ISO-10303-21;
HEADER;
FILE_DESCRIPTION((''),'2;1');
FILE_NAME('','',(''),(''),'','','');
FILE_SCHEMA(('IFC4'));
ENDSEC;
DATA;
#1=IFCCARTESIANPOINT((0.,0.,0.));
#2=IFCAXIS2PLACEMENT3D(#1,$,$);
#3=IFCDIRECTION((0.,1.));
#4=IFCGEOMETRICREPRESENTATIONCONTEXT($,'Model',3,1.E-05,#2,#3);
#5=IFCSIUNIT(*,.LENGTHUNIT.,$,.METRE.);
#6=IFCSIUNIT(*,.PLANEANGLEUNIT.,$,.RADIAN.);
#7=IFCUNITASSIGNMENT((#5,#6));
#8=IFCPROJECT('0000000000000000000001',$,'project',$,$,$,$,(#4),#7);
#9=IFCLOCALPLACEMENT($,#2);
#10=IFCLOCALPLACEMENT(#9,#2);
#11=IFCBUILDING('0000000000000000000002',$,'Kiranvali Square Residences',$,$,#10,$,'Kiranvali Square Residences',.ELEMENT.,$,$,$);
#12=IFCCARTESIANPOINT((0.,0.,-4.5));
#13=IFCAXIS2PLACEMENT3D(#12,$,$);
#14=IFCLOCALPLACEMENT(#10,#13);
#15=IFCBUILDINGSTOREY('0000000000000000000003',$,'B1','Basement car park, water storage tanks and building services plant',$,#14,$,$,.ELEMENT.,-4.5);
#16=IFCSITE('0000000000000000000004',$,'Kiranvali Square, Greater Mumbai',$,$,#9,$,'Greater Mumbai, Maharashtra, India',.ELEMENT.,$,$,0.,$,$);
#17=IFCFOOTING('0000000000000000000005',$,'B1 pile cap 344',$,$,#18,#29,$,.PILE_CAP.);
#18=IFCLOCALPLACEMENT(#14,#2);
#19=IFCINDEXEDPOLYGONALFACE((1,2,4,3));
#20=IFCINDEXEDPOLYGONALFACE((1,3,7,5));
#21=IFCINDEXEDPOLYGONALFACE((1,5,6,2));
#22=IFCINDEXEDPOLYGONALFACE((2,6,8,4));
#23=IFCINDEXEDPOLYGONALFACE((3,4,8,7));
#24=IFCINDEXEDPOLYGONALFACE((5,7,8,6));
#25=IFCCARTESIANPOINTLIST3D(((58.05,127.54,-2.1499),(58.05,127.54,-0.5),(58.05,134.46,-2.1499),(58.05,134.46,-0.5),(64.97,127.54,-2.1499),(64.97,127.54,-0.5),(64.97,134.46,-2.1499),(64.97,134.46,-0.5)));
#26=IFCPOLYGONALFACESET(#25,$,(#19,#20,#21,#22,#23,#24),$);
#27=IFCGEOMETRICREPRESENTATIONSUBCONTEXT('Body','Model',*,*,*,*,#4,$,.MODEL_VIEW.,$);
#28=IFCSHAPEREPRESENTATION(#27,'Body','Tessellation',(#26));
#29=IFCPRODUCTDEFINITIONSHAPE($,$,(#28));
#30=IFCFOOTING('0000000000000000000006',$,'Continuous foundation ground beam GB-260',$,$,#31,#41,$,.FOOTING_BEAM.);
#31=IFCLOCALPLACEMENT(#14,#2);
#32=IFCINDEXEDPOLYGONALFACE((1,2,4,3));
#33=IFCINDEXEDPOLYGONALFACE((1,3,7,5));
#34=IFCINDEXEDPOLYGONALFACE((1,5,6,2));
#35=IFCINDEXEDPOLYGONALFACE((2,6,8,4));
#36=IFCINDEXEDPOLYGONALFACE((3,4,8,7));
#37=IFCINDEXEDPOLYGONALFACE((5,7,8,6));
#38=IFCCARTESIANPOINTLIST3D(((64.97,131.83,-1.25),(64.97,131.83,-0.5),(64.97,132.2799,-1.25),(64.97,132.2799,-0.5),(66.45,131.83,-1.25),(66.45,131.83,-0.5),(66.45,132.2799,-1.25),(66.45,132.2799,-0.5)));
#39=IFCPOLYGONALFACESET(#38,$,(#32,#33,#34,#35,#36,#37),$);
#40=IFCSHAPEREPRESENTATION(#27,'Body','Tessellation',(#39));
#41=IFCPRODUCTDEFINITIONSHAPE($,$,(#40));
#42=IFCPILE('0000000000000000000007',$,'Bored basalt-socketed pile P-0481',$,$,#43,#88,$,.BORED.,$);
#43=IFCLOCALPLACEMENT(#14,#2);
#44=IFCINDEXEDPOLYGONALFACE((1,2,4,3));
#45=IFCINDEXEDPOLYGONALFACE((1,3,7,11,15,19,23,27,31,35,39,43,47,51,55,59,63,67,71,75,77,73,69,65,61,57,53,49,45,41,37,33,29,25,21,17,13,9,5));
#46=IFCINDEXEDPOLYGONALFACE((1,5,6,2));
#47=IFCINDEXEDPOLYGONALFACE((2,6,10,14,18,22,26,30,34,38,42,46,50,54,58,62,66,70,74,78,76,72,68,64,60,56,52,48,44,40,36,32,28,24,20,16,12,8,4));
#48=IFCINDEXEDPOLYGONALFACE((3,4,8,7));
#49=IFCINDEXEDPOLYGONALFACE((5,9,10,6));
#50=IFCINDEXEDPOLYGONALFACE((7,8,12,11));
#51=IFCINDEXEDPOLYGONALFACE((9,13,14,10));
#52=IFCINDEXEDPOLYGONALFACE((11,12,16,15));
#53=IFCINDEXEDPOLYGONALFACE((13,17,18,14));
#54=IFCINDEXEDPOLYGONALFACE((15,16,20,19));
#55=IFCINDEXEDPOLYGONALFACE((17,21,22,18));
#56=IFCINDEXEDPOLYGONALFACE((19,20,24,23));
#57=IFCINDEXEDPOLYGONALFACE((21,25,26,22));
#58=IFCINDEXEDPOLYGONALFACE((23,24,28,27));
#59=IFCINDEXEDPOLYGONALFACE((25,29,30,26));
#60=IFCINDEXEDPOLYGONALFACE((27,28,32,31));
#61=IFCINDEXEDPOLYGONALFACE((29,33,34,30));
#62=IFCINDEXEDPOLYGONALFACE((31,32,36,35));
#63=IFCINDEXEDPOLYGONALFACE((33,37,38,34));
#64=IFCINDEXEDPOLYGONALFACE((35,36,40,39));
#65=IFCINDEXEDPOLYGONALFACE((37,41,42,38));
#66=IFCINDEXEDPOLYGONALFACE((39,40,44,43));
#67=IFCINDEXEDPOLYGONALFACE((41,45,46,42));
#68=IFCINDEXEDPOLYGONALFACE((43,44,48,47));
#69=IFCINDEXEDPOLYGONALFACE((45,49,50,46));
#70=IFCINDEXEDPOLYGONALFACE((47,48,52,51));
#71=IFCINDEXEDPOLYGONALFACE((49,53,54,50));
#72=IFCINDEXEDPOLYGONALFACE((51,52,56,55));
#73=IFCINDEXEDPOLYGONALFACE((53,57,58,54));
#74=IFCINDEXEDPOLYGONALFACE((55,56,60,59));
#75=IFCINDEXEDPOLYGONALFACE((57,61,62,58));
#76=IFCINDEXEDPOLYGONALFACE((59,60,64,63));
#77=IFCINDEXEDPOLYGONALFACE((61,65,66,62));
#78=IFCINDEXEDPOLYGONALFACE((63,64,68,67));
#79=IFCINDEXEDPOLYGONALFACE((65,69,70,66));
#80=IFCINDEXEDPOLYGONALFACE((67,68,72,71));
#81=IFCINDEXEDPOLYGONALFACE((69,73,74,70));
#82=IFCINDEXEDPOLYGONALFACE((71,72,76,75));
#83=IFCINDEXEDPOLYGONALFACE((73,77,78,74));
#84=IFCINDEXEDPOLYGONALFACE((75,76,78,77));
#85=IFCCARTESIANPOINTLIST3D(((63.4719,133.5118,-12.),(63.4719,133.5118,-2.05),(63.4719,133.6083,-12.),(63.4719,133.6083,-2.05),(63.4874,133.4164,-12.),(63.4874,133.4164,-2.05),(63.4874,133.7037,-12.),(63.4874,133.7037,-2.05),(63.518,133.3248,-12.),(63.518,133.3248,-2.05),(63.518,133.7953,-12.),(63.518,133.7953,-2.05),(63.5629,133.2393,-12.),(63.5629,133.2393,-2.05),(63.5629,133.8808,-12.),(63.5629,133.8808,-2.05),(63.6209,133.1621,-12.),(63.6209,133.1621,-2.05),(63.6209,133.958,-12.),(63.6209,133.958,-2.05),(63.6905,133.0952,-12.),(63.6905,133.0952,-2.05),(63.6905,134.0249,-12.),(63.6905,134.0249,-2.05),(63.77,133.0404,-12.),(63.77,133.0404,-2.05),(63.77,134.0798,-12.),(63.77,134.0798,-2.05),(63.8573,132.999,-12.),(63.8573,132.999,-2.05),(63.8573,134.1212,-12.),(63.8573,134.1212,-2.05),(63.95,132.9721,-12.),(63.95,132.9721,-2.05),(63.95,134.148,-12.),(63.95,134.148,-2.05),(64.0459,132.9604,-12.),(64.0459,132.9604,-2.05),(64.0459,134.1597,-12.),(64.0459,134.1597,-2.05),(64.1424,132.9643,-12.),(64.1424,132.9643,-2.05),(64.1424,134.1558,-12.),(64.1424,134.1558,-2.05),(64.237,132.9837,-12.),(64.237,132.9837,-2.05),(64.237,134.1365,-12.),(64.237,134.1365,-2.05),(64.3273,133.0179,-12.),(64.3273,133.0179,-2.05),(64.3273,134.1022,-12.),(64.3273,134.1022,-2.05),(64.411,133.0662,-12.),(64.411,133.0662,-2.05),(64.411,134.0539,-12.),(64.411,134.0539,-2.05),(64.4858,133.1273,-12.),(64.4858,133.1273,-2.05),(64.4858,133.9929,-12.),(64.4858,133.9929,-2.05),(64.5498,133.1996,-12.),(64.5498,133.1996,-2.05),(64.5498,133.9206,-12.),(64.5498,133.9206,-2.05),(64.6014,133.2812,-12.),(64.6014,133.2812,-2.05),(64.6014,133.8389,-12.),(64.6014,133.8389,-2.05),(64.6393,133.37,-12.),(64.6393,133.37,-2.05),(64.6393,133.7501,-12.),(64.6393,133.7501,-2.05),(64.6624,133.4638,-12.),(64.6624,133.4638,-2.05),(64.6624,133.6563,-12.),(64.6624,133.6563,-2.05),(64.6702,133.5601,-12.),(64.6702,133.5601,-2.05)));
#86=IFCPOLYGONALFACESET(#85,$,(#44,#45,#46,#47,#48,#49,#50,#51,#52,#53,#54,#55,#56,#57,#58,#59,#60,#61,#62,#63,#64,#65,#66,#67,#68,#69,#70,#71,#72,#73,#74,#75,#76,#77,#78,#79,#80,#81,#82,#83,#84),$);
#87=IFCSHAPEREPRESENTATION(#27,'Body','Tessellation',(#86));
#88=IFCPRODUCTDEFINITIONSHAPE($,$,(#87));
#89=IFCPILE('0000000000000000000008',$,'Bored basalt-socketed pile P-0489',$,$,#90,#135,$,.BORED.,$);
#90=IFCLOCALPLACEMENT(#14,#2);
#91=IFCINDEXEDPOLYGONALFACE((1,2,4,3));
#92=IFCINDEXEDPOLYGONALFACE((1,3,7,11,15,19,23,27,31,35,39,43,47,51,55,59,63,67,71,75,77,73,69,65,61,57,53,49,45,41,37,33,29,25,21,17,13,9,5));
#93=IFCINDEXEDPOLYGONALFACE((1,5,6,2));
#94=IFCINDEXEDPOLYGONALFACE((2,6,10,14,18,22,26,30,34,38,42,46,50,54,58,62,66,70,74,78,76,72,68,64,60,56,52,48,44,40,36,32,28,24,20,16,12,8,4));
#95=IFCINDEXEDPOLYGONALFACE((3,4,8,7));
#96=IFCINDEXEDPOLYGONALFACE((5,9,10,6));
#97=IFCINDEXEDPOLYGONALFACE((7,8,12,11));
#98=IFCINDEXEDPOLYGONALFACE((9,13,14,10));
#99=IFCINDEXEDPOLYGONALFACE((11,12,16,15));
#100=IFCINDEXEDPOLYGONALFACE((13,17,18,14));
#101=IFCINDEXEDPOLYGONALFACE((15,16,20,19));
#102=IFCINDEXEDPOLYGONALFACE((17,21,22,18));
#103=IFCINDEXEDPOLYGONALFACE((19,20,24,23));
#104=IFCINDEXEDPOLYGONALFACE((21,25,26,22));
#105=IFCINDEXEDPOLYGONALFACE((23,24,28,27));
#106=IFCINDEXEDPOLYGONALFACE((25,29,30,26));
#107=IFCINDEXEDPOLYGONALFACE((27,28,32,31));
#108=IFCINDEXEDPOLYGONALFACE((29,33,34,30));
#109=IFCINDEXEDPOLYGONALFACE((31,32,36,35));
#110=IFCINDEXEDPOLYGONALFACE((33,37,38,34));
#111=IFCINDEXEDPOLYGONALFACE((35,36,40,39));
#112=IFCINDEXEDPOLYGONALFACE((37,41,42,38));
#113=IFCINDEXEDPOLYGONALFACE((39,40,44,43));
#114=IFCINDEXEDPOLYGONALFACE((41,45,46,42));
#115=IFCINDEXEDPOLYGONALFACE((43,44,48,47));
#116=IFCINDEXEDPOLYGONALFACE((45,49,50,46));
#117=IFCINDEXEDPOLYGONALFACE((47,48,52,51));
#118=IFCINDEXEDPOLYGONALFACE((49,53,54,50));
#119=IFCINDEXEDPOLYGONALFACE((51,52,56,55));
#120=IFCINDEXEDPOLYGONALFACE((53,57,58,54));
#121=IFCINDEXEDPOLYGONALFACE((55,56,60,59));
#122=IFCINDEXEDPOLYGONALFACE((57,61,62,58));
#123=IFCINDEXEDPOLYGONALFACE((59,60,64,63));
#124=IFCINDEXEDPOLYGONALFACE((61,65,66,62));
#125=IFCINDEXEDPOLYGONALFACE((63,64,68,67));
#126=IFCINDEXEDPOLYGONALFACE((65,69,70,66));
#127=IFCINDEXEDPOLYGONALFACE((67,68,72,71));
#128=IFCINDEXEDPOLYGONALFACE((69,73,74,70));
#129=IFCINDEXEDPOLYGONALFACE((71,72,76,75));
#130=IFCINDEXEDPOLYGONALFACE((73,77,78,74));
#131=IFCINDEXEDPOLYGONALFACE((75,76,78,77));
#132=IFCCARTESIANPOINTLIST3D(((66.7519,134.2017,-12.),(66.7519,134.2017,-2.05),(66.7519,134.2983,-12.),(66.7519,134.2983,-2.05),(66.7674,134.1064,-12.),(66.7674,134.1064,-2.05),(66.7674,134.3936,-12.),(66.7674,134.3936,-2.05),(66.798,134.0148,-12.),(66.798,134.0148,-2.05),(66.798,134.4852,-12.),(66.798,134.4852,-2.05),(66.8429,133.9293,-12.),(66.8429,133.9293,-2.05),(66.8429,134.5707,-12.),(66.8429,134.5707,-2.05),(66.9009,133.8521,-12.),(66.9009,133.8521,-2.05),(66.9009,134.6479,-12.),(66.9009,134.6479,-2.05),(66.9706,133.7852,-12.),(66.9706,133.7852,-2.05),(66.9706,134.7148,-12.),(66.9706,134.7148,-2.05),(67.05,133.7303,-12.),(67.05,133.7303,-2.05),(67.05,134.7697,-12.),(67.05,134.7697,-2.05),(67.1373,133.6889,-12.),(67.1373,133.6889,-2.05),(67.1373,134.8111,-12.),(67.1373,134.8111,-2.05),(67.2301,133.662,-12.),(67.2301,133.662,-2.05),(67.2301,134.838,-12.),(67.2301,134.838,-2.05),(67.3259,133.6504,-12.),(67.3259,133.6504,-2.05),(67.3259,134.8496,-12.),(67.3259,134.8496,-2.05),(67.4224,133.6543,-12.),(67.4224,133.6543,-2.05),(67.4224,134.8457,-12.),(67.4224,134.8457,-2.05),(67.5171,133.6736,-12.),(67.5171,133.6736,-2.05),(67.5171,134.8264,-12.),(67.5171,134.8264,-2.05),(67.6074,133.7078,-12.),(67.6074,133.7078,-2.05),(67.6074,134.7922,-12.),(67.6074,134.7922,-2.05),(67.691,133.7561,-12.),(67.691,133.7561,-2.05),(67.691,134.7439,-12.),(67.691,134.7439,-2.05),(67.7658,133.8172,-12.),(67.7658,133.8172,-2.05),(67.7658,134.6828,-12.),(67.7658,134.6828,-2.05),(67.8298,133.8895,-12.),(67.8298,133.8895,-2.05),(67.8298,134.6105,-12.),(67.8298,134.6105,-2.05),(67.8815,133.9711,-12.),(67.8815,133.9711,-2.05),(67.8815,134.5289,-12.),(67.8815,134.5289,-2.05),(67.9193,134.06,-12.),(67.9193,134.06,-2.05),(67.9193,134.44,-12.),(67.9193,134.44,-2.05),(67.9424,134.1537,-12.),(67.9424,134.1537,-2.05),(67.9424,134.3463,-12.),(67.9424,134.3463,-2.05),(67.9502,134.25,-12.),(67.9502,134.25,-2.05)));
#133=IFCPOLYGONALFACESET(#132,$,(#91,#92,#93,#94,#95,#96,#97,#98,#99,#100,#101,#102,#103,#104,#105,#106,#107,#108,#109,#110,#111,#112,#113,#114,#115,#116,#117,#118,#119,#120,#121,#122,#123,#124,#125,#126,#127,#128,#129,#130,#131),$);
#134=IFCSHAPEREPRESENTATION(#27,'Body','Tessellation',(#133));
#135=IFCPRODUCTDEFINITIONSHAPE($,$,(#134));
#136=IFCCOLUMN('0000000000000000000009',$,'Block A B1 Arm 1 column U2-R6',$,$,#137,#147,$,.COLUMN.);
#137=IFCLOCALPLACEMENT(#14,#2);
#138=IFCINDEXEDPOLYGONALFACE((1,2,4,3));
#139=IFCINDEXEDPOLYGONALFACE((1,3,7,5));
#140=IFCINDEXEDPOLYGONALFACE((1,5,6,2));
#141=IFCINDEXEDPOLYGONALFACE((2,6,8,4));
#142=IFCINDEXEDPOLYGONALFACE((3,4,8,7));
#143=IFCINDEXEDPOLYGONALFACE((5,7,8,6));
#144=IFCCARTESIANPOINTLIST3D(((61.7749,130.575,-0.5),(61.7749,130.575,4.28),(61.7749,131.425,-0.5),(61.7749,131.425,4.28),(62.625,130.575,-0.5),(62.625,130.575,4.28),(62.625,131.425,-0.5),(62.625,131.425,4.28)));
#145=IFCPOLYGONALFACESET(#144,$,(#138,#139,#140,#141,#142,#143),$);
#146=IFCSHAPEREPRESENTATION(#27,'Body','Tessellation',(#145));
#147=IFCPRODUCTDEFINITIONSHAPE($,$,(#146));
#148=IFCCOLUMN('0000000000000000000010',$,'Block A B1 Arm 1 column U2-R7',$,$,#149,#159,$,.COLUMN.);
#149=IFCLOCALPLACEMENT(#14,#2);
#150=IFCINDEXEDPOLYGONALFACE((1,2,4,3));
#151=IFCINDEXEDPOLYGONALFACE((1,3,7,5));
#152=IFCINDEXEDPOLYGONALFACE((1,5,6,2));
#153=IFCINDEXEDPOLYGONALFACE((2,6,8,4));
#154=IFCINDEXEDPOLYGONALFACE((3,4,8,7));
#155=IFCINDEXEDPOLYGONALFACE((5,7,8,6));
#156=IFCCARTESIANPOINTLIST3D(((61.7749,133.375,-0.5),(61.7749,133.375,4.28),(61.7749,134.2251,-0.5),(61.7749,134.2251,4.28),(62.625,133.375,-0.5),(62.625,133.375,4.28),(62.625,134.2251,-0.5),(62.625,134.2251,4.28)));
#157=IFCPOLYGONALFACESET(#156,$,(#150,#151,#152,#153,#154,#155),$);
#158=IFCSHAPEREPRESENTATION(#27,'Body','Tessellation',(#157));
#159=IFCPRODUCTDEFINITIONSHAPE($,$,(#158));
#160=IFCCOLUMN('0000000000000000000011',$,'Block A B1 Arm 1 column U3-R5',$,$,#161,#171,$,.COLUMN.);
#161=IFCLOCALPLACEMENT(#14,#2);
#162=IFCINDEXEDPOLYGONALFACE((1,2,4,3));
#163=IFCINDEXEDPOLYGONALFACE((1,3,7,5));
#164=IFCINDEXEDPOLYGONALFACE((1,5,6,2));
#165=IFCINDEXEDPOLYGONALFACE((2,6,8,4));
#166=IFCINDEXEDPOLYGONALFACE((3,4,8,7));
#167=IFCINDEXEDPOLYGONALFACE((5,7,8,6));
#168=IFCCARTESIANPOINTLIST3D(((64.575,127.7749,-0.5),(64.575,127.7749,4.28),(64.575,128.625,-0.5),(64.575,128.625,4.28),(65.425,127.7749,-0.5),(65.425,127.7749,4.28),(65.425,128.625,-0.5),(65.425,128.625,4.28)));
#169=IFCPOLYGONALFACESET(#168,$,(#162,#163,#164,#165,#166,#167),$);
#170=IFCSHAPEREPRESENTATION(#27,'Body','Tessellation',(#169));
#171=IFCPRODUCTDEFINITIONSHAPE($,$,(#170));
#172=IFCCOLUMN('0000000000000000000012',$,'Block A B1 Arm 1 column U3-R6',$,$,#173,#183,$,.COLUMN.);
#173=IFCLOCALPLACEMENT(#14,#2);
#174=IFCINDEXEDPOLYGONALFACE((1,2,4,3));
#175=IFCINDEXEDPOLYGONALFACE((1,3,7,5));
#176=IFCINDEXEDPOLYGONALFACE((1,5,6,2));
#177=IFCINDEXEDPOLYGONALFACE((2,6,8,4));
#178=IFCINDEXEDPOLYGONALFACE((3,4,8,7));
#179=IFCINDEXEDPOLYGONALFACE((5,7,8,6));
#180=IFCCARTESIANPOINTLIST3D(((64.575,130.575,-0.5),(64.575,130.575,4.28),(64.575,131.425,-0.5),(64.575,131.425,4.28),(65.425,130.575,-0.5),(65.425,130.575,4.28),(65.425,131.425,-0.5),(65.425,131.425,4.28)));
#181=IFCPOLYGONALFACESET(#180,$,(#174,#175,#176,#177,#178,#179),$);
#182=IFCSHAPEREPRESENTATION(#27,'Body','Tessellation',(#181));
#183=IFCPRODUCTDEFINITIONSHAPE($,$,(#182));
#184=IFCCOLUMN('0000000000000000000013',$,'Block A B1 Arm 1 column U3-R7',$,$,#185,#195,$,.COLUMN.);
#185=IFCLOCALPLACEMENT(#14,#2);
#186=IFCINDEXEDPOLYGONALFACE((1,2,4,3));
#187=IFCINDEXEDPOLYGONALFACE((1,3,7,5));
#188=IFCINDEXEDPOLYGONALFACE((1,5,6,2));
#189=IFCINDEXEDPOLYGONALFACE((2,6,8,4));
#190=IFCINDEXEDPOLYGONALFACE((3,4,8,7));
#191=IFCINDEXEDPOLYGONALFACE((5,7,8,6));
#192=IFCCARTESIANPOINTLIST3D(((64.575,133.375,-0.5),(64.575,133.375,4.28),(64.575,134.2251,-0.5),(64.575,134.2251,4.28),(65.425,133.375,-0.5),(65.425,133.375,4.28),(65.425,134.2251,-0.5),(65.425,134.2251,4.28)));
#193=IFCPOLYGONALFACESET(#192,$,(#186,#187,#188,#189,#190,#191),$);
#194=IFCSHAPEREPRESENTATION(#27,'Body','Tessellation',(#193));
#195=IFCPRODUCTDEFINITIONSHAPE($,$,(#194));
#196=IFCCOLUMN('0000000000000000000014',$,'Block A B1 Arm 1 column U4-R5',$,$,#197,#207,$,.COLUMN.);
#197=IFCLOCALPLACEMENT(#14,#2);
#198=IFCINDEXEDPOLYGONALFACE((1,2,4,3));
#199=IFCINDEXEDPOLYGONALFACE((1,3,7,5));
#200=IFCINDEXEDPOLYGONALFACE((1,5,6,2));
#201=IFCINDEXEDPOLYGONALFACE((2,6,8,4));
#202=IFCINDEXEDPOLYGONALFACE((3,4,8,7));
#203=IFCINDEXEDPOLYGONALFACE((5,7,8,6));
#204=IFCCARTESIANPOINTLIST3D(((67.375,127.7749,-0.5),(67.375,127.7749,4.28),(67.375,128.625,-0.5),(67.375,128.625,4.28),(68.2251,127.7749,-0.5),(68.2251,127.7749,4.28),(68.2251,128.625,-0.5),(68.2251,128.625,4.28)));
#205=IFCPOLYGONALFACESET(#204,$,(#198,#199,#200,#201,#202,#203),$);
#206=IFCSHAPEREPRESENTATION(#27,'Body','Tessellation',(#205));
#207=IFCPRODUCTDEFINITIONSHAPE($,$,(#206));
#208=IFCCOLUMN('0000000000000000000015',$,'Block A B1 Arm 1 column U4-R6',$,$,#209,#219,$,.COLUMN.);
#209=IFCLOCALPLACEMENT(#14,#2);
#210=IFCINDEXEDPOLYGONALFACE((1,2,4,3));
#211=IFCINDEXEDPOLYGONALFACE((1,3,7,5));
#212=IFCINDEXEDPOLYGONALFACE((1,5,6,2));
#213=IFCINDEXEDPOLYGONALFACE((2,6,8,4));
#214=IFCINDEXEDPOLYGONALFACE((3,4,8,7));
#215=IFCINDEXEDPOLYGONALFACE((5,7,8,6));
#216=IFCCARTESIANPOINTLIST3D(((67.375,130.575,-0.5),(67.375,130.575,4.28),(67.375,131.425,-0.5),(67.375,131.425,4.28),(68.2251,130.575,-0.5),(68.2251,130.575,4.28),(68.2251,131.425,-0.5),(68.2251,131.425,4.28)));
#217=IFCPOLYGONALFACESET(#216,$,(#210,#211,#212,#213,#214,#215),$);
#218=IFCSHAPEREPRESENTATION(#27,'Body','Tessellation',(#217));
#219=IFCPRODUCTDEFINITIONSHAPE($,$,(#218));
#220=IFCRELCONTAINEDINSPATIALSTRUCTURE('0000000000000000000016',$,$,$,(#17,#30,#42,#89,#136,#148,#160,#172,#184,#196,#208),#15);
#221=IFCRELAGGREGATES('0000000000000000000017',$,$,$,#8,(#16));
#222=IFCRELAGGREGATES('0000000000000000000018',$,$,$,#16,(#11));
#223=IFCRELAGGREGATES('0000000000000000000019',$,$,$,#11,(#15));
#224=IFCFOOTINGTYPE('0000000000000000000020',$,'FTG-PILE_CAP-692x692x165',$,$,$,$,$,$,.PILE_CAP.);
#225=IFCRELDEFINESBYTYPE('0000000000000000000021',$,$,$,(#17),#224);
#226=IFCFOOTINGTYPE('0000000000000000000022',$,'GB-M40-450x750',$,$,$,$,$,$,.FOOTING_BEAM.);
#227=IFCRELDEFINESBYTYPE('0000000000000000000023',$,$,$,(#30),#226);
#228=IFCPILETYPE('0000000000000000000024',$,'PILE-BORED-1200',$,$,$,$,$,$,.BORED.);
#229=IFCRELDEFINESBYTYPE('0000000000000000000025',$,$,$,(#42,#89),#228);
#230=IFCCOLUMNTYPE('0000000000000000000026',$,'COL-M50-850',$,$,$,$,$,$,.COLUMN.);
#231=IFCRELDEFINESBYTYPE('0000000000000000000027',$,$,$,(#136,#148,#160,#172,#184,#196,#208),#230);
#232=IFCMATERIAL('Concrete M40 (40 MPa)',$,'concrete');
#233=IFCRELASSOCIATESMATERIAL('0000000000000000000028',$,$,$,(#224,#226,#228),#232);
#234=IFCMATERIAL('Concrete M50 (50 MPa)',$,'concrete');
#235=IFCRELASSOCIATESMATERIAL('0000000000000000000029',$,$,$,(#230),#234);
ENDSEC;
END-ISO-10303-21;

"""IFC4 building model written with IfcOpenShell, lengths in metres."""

from ifc_helpers import new_model, si_unit, direction, frame, origin, origin_2d, place, context, subcontext, project, spatial, rectangle, circle, extrude, material, material_profile, profile_set, type_object, element, save


model = new_model("IFC4")

# Units and contexts
model_context = context("Model", 3, precision=1e-05, world=origin(), true_north=direction((0.0, 1.0)))
body_context = subcontext(model_context, "Body", "Model", "MODEL_VIEW")
ifc_project = project(units=[si_unit("LENGTHUNIT", "METRE"), si_unit("PLANEANGLEUNIT", "RADIAN")], contexts=[model_context])

# Site, building, storey
site_placement = place(None, origin())
site = spatial("IfcSite", under=ifc_project, at=site_placement, Name="Kiranvali Square, Greater Mumbai", LongName="Greater Mumbai, Maharashtra, India", CompositionType="ELEMENT", RefElevation=0.0)
building_placement = place(site_placement, origin())
building = spatial("IfcBuilding", under=site, at=building_placement, Name="Kiranvali Square Residences", LongName="Kiranvali Square Residences", CompositionType="ELEMENT")
storey_placement = place(building_placement, frame((0.0, 0.0, -4.5)))
storey = spatial("IfcBuildingStorey", under=building, at=storey_placement, Name="B1", Description="Basement car park, water storage tanks and building services plant", CompositionType="ELEMENT", Elevation=-4.5)

# Footings
ifc_material_1 = material(Name="Concrete M40 (40 MPa)", Category="concrete")
footing_type_1 = type_object("IfcFootingType", Name="FTG-PILE_CAP-692x692x165", PredefinedType="PILE_CAP", material=ifc_material_1)
footing_1_placement = place(storey_placement, frame((61.51, 131.0, -2.1499), z_axis=(0.0, 0.0, 1.0), x_axis=(1.0, 0.0, 0.0)))
element("IfcFooting", 1, at=footing_1_placement, inside=storey, type_object=footing_type_1, Name="B1 pile cap 344", PredefinedType="PILE_CAP", context=body_context, shape_type="SweptSolid", body=[
    extrude(rectangle(XDim=6.9199, YDim=6.9199, at=origin_2d()), origin(), (0.0, 0.0, 1.0), 1.6499),
])
ifc_material_profile_1 = material_profile(ifc_material_1, rectangle(XDim=0.45, YDim=0.75, at=origin_2d()), Name="GB 450x750")
ifc_profile_set_1 = profile_set([ifc_material_profile_1], Name="Concrete M40 (40 MPa)")
footing_type_2 = type_object("IfcFootingType", Name="GB-M40-450x750", PredefinedType="FOOTING_BEAM", material=ifc_profile_set_1)
footing_2_placement = place(storey_placement, frame((64.97, 132.0549, -0.875), z_axis=(1.0, 0.0, 0.0), x_axis=(0.0, 1.0, 0.0)))
element("IfcFooting", 2, at=footing_2_placement, inside=storey, type_object=footing_type_2, Name="Continuous foundation ground beam GB-260", PredefinedType="FOOTING_BEAM", context=body_context, shape_type="SweptSolid", body=[
    extrude(rectangle(XDim=0.45, YDim=0.75, at=origin_2d()), origin(), (0.0, 0.0, 1.0), 1.48),
])

# Piles
ifc_material_profile_2 = material_profile(ifc_material_1, circle(Radius=0.6001, at=origin_2d()), Name="BORED PILE 1200")
ifc_profile_set_2 = profile_set([ifc_material_profile_2], Name="Concrete M40 (40 MPa)")
pile_type = type_object("IfcPileType", Name="PILE-BORED-1200", PredefinedType="BORED", material=ifc_profile_set_2)
for number, where, z_axis, x_axis, name in (
    (3, (64.0701, 133.5601, -2.05), (0.0, 0.0, -1.0), (1.0, 0.0, 0.0), "Bored basalt-socketed pile P-0481"),
    (4, (67.3501, 134.25, -2.05), (0.0, 0.0, -1.0), (1.0, 0.0, 0.0), "Bored basalt-socketed pile P-0489"),
):
    element("IfcPile", number, at=place(storey_placement, frame(where, z_axis=z_axis, x_axis=x_axis)), inside=storey, type_object=pile_type, Name=name, PredefinedType="BORED", context=body_context, shape_type="SweptSolid", body=[
        extrude(circle(Radius=0.6001, at=origin_2d()), origin(), (0.0, 0.0, 1.0), 9.95),
    ])

# Columns
ifc_material_2 = material(Name="Concrete M50 (50 MPa)", Category="concrete")
ifc_material_profile_3 = material_profile(ifc_material_2, rectangle(XDim=0.8501, YDim=0.8501, at=origin_2d()), Name="RC 850x850")
ifc_profile_set_3 = profile_set([ifc_material_profile_3], Name="Concrete M50 (50 MPa)")
column_type = type_object("IfcColumnType", Name="COL-M50-850", PredefinedType="COLUMN", material=ifc_profile_set_3)
for number, where, z_axis, x_axis, name in (
    (5, (62.2, 131.0, -0.5), (0.0, 0.0, 1.0), (1.0, 0.0, 0.0), "Block A B1 Arm 1 column U2-R6"),
    (6, (62.2, 133.8, -0.5), (0.0, 0.0, 1.0), (1.0, 0.0, 0.0), "Block A B1 Arm 1 column U2-R7"),
    (7, (65.0, 128.2, -0.5), (0.0, 0.0, 1.0), (1.0, 0.0, 0.0), "Block A B1 Arm 1 column U3-R5"),
    (8, (65.0, 131.0, -0.5), (0.0, 0.0, 1.0), (1.0, 0.0, 0.0), "Block A B1 Arm 1 column U3-R6"),
    (9, (65.0, 133.8, -0.5), (0.0, 0.0, 1.0), (1.0, 0.0, 0.0), "Block A B1 Arm 1 column U3-R7"),
    (10, (67.8, 128.2, -0.5), (0.0, 0.0, 1.0), (1.0, 0.0, 0.0), "Block A B1 Arm 1 column U4-R5"),
    (11, (67.8, 131.0, -0.5), (0.0, 0.0, 1.0), (1.0, 0.0, 0.0), "Block A B1 Arm 1 column U4-R6"),
):
    element("IfcColumn", number, at=place(storey_placement, frame(where, z_axis=z_axis, x_axis=x_axis)), inside=storey, type_object=column_type, Name=name, PredefinedType="COLUMN", context=body_context, shape_type="SweptSolid", body=[
        extrude(rectangle(XDim=0.8501, YDim=0.8501, at=origin_2d()), origin(), (0.0, 0.0, 1.0), 4.78),
    ])

save(model, "model.ifc")
